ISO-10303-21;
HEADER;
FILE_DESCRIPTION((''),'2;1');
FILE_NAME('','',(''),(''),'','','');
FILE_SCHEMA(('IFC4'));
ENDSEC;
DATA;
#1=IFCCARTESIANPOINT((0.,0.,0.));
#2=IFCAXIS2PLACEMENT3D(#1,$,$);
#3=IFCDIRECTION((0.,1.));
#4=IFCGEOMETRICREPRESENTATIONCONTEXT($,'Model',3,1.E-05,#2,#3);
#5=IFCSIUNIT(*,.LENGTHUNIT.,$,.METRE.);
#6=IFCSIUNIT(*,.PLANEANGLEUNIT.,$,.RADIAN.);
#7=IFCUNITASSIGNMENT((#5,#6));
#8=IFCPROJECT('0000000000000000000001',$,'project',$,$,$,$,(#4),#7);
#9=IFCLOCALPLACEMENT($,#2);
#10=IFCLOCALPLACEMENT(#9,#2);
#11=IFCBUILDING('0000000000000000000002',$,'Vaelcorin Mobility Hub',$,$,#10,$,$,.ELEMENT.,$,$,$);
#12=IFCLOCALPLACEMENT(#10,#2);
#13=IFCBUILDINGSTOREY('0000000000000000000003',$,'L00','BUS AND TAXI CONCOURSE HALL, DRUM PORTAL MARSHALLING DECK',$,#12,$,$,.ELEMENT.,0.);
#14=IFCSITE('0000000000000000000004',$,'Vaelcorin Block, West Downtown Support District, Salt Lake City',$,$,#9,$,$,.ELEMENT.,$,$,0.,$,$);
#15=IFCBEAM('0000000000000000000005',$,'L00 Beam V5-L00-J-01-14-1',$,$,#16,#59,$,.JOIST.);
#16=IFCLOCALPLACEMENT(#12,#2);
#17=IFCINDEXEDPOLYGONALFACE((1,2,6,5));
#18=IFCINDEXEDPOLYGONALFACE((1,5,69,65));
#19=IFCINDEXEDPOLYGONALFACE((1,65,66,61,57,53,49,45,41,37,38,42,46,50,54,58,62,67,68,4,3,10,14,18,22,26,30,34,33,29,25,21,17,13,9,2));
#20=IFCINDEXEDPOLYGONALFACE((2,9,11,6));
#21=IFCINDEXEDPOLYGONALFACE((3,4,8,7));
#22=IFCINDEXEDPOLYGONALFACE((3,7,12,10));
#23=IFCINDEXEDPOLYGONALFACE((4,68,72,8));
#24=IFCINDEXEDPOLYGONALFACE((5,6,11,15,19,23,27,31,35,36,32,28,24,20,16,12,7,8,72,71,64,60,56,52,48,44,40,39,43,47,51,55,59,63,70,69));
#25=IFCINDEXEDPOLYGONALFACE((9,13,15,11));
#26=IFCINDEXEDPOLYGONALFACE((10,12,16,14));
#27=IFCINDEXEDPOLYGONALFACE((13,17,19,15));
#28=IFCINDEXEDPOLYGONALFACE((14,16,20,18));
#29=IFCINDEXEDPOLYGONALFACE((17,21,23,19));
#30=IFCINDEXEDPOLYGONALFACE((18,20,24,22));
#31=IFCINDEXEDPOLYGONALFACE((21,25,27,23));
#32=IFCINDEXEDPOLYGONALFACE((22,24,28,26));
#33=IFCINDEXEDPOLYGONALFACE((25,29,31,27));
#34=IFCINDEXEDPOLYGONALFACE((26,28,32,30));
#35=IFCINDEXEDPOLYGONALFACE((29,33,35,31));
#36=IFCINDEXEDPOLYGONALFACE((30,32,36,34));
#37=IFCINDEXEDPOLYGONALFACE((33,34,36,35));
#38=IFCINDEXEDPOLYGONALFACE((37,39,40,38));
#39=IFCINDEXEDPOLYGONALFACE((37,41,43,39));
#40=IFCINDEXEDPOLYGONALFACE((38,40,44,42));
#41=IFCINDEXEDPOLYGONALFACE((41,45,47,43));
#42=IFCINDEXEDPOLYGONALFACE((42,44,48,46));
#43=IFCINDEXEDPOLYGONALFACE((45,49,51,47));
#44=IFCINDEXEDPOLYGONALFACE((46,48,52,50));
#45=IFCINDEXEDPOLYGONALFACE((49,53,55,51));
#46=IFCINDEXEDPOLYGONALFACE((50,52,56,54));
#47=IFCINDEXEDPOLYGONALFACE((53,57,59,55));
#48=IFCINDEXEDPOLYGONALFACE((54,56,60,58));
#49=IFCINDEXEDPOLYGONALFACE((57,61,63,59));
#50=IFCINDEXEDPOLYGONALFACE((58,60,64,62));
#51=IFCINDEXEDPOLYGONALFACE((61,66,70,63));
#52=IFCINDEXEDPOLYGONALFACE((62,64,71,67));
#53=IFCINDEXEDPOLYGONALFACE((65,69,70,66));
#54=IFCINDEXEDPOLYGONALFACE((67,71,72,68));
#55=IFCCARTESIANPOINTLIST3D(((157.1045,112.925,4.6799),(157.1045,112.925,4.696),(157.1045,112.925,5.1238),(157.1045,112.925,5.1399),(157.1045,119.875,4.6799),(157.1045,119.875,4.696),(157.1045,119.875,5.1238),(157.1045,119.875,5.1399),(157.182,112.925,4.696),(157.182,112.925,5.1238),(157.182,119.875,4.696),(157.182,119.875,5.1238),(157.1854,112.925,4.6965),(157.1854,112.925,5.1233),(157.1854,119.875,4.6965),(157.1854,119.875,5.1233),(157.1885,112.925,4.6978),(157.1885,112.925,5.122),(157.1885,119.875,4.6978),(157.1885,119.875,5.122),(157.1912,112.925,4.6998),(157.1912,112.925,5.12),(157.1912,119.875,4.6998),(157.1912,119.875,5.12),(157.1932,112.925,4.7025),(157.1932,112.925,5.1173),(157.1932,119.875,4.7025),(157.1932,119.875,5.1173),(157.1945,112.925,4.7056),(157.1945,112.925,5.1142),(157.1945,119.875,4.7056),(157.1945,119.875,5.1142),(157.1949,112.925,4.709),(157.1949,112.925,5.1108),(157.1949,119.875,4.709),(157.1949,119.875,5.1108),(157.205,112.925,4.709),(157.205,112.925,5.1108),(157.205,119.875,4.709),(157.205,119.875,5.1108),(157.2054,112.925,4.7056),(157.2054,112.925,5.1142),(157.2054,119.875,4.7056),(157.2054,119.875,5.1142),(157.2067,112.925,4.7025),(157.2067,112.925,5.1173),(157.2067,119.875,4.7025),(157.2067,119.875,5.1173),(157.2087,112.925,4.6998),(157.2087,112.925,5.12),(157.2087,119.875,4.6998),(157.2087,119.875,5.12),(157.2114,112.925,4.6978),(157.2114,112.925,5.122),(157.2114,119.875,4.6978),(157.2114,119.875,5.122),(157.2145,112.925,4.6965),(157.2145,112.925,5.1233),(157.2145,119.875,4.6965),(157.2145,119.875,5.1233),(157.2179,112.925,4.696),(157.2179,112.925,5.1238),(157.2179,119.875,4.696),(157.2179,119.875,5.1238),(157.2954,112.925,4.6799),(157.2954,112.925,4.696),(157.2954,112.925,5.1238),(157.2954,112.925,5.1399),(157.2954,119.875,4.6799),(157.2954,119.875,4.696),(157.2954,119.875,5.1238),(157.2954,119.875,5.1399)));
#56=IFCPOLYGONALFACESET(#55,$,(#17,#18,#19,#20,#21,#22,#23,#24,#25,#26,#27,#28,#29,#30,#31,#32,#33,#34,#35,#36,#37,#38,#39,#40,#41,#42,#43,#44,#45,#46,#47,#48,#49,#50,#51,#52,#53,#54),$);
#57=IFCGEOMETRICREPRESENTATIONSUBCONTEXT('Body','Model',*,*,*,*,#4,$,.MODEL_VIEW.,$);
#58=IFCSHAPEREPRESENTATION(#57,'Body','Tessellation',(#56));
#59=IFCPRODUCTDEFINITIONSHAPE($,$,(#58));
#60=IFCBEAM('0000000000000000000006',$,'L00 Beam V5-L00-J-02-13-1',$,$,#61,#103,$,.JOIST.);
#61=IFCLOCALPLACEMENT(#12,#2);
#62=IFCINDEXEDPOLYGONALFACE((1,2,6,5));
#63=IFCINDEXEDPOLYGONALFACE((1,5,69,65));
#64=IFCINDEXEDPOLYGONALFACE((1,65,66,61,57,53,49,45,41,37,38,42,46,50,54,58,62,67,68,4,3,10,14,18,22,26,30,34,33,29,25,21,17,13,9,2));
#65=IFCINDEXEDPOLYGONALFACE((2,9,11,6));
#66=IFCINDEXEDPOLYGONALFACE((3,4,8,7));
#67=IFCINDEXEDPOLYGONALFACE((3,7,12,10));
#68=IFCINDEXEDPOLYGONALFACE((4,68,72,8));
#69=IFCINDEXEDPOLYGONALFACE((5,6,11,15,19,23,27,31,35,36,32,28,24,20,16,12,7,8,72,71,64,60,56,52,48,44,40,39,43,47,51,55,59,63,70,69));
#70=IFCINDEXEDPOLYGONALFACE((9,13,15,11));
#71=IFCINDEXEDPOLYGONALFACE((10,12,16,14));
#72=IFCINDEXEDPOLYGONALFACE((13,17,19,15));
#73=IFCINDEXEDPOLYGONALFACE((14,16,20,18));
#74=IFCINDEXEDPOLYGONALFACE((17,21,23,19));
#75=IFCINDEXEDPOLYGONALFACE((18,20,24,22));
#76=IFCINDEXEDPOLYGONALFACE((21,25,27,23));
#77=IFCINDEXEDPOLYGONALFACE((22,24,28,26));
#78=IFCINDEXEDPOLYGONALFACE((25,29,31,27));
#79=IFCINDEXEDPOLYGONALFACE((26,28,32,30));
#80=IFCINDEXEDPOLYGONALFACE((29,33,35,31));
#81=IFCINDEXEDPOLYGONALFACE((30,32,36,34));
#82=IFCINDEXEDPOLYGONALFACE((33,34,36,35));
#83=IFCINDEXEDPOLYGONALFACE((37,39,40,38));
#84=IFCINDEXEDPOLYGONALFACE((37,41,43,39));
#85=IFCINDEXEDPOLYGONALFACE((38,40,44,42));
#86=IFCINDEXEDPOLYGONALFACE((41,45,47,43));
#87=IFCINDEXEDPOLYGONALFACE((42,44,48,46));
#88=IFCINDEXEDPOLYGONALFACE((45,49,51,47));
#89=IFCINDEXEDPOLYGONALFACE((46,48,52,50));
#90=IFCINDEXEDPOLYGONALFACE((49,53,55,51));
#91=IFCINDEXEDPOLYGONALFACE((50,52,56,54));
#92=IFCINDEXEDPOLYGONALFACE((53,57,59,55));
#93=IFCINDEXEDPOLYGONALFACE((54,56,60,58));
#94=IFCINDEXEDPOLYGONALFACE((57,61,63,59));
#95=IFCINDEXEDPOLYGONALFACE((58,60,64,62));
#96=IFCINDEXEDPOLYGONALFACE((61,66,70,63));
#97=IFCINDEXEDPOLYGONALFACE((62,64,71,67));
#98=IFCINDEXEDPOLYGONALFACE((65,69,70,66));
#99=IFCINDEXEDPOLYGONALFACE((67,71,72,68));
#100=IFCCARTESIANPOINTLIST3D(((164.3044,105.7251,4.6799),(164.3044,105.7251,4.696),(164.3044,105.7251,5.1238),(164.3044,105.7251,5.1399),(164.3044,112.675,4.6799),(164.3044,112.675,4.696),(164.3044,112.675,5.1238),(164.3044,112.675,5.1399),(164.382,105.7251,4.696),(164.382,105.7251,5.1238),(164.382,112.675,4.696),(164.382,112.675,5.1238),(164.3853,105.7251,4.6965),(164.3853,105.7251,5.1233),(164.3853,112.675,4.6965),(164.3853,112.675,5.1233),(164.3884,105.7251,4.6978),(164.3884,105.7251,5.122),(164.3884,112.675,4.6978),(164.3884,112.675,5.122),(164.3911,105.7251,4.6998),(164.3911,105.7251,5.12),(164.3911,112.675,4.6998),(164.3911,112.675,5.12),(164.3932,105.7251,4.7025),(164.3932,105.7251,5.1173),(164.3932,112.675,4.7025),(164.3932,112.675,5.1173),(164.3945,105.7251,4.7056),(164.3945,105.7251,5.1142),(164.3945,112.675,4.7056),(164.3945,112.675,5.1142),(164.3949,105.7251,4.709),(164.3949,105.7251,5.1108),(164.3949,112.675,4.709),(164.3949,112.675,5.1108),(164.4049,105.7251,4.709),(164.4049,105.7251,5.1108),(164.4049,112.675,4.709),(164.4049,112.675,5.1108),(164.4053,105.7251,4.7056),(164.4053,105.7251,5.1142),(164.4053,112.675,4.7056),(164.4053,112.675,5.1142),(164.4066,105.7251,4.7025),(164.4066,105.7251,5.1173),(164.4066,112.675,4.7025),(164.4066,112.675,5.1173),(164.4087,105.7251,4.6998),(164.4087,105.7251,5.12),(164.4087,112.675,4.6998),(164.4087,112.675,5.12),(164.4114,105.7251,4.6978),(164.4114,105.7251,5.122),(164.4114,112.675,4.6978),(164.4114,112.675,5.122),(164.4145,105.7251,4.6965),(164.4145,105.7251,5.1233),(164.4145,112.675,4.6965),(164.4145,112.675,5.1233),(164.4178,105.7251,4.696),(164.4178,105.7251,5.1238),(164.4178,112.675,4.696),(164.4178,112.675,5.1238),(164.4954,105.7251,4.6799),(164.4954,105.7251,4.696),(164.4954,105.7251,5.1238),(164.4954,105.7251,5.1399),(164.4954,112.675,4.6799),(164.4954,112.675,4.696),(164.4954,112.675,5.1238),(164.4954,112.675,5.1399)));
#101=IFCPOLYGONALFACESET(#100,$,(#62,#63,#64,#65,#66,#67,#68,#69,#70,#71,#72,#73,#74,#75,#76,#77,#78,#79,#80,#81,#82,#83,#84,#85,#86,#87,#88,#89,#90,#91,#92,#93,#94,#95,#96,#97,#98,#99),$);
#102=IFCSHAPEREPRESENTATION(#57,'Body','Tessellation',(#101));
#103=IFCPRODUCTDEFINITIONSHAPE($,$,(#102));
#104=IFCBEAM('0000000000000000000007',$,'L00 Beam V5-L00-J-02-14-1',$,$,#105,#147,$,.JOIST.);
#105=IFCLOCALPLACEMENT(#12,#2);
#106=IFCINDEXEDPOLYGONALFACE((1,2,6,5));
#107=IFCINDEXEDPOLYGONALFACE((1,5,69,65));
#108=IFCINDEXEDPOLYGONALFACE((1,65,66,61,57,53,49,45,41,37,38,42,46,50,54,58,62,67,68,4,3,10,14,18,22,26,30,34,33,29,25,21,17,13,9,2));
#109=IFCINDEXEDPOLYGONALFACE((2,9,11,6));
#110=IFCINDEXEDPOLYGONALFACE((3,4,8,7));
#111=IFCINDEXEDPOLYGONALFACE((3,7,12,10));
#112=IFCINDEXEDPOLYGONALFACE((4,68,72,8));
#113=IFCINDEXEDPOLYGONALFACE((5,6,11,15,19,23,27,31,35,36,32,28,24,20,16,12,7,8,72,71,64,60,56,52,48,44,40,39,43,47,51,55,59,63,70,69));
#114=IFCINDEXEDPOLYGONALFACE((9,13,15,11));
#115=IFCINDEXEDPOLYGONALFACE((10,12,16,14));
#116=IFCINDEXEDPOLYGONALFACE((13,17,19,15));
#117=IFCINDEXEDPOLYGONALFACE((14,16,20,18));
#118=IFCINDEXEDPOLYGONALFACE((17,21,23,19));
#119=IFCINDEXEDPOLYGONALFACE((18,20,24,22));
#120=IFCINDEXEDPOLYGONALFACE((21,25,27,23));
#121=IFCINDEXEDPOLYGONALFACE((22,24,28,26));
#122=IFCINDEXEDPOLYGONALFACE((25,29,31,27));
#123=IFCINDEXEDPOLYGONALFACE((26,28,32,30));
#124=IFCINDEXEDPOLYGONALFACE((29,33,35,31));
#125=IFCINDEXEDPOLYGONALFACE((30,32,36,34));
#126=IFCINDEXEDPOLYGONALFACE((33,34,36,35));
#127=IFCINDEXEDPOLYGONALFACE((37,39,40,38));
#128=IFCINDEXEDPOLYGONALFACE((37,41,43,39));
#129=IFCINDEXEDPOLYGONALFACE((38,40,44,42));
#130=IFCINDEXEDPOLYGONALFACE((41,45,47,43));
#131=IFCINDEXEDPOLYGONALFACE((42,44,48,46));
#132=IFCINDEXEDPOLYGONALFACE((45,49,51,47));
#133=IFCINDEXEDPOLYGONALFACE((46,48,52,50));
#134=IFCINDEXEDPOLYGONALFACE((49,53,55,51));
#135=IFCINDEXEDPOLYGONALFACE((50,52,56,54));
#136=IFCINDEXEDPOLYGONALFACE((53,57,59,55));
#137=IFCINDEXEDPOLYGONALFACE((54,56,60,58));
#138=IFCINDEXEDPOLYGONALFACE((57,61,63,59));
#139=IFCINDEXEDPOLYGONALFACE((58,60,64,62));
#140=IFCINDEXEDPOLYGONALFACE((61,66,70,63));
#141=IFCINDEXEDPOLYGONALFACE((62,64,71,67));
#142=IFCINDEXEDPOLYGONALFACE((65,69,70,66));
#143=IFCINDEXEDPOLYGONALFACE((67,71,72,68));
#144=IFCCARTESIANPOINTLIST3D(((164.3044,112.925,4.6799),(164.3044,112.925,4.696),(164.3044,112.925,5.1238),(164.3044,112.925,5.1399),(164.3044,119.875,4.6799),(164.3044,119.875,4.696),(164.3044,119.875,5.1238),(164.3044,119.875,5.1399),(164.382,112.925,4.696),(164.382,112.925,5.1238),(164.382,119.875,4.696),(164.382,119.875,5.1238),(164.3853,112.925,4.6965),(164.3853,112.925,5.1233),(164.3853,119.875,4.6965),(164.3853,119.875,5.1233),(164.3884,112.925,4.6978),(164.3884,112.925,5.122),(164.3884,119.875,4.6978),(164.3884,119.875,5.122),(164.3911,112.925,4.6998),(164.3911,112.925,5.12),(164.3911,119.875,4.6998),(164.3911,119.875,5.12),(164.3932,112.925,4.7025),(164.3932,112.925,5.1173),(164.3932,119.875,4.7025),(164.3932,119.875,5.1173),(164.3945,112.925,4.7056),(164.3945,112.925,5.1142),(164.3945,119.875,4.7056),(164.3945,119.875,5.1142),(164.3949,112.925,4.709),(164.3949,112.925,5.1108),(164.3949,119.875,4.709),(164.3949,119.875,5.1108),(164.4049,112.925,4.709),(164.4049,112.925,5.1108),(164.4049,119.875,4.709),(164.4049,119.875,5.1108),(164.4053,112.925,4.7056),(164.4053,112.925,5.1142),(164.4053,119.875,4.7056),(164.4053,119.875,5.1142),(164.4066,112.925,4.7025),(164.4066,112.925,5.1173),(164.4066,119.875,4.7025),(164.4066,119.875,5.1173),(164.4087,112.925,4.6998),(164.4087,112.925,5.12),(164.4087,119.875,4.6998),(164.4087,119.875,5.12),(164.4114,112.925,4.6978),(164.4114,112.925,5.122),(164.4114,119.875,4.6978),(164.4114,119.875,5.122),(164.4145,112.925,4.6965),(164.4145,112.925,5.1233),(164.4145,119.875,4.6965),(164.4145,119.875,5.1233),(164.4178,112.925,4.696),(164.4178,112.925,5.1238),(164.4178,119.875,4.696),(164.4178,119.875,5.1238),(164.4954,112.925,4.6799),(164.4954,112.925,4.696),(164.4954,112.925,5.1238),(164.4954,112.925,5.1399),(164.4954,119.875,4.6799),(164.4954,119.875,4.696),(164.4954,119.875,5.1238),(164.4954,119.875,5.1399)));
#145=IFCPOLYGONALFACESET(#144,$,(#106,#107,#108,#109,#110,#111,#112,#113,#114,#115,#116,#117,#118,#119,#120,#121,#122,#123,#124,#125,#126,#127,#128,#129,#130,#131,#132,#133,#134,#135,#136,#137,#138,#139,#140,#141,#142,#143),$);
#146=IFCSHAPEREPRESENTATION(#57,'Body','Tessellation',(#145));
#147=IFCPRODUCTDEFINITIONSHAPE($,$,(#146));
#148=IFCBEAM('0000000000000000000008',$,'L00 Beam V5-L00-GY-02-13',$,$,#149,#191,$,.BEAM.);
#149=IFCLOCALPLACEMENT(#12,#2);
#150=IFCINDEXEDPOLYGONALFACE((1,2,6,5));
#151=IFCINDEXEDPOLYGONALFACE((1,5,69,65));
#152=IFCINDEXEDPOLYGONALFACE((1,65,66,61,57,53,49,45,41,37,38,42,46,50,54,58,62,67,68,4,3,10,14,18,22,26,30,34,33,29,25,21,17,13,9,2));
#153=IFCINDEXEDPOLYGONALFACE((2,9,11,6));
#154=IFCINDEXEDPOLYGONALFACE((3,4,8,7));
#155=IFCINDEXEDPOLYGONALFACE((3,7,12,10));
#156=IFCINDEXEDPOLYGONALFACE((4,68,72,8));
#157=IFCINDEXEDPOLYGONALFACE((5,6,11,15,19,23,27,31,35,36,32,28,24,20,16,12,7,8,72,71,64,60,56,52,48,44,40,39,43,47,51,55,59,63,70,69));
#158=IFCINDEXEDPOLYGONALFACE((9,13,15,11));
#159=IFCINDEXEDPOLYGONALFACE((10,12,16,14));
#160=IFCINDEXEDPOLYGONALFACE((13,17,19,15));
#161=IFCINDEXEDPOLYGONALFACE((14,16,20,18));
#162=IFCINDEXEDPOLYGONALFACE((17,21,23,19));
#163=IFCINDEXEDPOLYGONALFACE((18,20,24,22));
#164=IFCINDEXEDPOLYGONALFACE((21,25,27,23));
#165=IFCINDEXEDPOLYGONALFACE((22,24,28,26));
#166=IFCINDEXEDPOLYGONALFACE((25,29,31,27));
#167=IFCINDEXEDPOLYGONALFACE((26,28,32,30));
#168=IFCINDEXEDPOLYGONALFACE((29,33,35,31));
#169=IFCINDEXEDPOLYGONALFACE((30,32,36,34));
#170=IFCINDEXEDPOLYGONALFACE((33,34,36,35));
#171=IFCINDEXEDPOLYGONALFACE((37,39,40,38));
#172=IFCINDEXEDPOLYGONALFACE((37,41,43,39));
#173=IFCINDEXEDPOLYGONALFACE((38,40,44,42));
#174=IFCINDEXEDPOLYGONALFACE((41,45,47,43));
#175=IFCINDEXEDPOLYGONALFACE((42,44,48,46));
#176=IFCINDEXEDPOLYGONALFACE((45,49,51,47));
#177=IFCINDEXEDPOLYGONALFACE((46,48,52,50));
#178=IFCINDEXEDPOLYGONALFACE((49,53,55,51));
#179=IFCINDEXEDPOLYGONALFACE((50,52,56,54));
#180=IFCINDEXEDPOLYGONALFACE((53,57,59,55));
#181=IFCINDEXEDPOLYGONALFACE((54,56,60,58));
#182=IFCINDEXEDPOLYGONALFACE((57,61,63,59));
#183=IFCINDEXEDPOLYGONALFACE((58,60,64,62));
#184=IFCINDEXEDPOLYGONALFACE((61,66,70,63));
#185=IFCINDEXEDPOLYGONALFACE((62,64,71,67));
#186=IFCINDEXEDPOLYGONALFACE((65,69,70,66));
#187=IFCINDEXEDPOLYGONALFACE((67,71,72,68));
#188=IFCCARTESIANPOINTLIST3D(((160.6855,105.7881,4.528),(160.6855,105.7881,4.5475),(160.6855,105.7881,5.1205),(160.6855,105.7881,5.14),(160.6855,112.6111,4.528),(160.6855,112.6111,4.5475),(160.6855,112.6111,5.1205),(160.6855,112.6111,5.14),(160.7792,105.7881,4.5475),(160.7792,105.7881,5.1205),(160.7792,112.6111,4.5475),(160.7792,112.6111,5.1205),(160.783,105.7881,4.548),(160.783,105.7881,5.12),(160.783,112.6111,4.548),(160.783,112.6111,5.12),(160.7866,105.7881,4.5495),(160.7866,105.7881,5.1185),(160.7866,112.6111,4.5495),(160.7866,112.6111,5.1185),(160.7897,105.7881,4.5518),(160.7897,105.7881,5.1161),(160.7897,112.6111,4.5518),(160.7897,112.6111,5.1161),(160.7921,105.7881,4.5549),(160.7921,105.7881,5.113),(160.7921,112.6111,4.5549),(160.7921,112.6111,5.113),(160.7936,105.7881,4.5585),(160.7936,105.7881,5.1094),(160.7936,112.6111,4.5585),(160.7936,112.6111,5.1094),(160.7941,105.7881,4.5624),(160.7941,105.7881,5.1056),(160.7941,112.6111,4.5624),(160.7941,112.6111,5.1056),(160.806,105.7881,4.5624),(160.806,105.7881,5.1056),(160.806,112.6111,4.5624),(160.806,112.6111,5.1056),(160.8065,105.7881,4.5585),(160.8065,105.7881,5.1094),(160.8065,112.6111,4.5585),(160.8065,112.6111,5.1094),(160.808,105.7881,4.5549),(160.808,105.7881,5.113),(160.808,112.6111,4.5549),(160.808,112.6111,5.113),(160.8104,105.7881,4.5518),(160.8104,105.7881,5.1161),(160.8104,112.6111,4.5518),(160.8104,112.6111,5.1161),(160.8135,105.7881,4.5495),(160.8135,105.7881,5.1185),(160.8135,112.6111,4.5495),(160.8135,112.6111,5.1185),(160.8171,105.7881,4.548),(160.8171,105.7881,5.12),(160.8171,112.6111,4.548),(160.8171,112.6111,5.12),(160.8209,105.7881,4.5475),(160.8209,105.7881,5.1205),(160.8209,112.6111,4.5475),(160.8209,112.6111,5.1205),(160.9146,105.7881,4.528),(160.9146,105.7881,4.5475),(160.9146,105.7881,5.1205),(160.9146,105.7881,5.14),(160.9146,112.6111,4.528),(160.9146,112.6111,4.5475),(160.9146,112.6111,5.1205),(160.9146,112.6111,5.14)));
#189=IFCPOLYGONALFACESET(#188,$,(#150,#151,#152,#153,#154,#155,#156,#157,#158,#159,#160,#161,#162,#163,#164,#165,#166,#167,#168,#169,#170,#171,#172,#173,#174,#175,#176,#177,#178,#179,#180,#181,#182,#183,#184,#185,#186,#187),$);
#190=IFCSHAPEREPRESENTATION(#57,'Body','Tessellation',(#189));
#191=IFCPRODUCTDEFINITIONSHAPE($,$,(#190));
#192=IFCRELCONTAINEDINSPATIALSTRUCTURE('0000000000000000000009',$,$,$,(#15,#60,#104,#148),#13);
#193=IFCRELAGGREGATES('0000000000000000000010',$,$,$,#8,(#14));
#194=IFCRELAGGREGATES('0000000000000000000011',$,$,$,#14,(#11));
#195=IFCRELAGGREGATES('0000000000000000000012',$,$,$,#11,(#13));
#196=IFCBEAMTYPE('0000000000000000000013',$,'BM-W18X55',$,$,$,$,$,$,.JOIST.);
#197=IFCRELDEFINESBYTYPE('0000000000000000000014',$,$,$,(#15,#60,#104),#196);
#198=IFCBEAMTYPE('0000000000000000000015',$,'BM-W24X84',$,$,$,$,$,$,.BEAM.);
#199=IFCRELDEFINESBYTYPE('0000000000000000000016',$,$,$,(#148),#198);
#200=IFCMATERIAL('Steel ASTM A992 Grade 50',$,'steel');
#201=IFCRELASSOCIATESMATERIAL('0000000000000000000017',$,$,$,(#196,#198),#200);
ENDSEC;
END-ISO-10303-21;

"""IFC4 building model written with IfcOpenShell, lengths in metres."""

from ifc_helpers import new_model, si_unit, direction, frame, origin, origin_2d, place, context, subcontext, project, spatial, i_section, extrude, material, material_profile, profile_set, type_object, element, save


model = new_model("IFC4")

# Units and contexts
model_context = context("Model", 3, precision=1e-05, world=origin(), true_north=direction((0.0, 1.0)))
body_context = subcontext(model_context, "Body", "Model", "MODEL_VIEW")
ifc_project = project(units=[si_unit("LENGTHUNIT", "METRE"), si_unit("PLANEANGLEUNIT", "RADIAN")], contexts=[model_context])

# Site, building, storey
site_placement = place(None, origin())
site = spatial("IfcSite", under=ifc_project, at=site_placement, Name="Vaelcorin Block, West Downtown Support District, Salt Lake City", CompositionType="ELEMENT", RefElevation=0.0)
building_placement = place(site_placement, origin())
building = spatial("IfcBuilding", under=site, at=building_placement, Name="Vaelcorin Mobility Hub", CompositionType="ELEMENT")
storey_placement = place(building_placement, origin())
storey = spatial("IfcBuildingStorey", under=building, at=storey_placement, Name="L00", Description="BUS AND TAXI CONCOURSE HALL, DRUM PORTAL MARSHALLING DECK", CompositionType="ELEMENT", Elevation=0.0)

# Shared definitions
ifc_material_1 = material(Name="Steel ASTM A992 Grade 50", Category="steel")

# Beams
ifc_material_profile_1 = material_profile(ifc_material_1, i_section(OverallWidth=0.1909, OverallDepth=0.46, WebThickness=0.01, FlangeThickness=0.0161, FilletRadius=0.0129, at=origin_2d()), Name="W18X55")
ifc_profile_set_1 = profile_set([ifc_material_profile_1], Name="Steel ASTM A992 Grade 50")
beam_type_1 = type_object("IfcBeamType", Name="BM-W18X55", PredefinedType="JOIST", material=ifc_profile_set_1)
for number, where, z_axis, x_axis, name in (
    (1, (157.2, 112.925, 4.9099), (0.0, 1.0, 0.0), (-1.0, 0.0, 0.0), "L00 Beam V5-L00-J-01-14-1"),
    (2, (164.3999, 105.7251, 4.9099), (0.0, 1.0, 0.0), (-1.0, 0.0, 0.0), "L00 Beam V5-L00-J-02-13-1"),
    (3, (164.3999, 112.925, 4.9099), (0.0, 1.0, 0.0), (-1.0, 0.0, 0.0), "L00 Beam V5-L00-J-02-14-1"),
):
    element("IfcBeam", number, at=place(storey_placement, frame(where, z_axis=z_axis, x_axis=x_axis)), inside=storey, type_object=beam_type_1, Name=name, PredefinedType="JOIST", context=body_context, shape_type="SweptSolid", body=[
        extrude(i_section(OverallWidth=0.1909, OverallDepth=0.46, WebThickness=0.01, FlangeThickness=0.0161, FilletRadius=0.0129, at=origin_2d()), origin(), (0.0, 0.0, 1.0), 6.95),
    ])
ifc_material_profile_2 = material_profile(ifc_material_1, i_section(OverallWidth=0.229, OverallDepth=0.6121, WebThickness=0.012, FlangeThickness=0.0195, FilletRadius=0.0149, at=origin_2d()), Name="W24X84")
ifc_profile_set_2 = profile_set([ifc_material_profile_2], Name="Steel ASTM A992 Grade 50")
beam_type_2 = type_object("IfcBeamType", Name="BM-W24X84", PredefinedType="BEAM", material=ifc_profile_set_2)
beam_1_placement = place(storey_placement, frame((160.8, 105.7881, 4.834), z_axis=(0.0, 1.0, 0.0), x_axis=(-1.0, 0.0, 0.0)))
element("IfcBeam", 4, at=beam_1_placement, inside=storey, type_object=beam_type_2, Name="L00 Beam V5-L00-GY-02-13", PredefinedType="BEAM", context=body_context, shape_type="SweptSolid", body=[
    extrude(i_section(OverallWidth=0.229, OverallDepth=0.6121, WebThickness=0.012, FlangeThickness=0.0195, FilletRadius=0.0149, at=origin_2d()), origin(), (0.0, 0.0, 1.0), 6.823),
])

save(model, "model.ifc")
